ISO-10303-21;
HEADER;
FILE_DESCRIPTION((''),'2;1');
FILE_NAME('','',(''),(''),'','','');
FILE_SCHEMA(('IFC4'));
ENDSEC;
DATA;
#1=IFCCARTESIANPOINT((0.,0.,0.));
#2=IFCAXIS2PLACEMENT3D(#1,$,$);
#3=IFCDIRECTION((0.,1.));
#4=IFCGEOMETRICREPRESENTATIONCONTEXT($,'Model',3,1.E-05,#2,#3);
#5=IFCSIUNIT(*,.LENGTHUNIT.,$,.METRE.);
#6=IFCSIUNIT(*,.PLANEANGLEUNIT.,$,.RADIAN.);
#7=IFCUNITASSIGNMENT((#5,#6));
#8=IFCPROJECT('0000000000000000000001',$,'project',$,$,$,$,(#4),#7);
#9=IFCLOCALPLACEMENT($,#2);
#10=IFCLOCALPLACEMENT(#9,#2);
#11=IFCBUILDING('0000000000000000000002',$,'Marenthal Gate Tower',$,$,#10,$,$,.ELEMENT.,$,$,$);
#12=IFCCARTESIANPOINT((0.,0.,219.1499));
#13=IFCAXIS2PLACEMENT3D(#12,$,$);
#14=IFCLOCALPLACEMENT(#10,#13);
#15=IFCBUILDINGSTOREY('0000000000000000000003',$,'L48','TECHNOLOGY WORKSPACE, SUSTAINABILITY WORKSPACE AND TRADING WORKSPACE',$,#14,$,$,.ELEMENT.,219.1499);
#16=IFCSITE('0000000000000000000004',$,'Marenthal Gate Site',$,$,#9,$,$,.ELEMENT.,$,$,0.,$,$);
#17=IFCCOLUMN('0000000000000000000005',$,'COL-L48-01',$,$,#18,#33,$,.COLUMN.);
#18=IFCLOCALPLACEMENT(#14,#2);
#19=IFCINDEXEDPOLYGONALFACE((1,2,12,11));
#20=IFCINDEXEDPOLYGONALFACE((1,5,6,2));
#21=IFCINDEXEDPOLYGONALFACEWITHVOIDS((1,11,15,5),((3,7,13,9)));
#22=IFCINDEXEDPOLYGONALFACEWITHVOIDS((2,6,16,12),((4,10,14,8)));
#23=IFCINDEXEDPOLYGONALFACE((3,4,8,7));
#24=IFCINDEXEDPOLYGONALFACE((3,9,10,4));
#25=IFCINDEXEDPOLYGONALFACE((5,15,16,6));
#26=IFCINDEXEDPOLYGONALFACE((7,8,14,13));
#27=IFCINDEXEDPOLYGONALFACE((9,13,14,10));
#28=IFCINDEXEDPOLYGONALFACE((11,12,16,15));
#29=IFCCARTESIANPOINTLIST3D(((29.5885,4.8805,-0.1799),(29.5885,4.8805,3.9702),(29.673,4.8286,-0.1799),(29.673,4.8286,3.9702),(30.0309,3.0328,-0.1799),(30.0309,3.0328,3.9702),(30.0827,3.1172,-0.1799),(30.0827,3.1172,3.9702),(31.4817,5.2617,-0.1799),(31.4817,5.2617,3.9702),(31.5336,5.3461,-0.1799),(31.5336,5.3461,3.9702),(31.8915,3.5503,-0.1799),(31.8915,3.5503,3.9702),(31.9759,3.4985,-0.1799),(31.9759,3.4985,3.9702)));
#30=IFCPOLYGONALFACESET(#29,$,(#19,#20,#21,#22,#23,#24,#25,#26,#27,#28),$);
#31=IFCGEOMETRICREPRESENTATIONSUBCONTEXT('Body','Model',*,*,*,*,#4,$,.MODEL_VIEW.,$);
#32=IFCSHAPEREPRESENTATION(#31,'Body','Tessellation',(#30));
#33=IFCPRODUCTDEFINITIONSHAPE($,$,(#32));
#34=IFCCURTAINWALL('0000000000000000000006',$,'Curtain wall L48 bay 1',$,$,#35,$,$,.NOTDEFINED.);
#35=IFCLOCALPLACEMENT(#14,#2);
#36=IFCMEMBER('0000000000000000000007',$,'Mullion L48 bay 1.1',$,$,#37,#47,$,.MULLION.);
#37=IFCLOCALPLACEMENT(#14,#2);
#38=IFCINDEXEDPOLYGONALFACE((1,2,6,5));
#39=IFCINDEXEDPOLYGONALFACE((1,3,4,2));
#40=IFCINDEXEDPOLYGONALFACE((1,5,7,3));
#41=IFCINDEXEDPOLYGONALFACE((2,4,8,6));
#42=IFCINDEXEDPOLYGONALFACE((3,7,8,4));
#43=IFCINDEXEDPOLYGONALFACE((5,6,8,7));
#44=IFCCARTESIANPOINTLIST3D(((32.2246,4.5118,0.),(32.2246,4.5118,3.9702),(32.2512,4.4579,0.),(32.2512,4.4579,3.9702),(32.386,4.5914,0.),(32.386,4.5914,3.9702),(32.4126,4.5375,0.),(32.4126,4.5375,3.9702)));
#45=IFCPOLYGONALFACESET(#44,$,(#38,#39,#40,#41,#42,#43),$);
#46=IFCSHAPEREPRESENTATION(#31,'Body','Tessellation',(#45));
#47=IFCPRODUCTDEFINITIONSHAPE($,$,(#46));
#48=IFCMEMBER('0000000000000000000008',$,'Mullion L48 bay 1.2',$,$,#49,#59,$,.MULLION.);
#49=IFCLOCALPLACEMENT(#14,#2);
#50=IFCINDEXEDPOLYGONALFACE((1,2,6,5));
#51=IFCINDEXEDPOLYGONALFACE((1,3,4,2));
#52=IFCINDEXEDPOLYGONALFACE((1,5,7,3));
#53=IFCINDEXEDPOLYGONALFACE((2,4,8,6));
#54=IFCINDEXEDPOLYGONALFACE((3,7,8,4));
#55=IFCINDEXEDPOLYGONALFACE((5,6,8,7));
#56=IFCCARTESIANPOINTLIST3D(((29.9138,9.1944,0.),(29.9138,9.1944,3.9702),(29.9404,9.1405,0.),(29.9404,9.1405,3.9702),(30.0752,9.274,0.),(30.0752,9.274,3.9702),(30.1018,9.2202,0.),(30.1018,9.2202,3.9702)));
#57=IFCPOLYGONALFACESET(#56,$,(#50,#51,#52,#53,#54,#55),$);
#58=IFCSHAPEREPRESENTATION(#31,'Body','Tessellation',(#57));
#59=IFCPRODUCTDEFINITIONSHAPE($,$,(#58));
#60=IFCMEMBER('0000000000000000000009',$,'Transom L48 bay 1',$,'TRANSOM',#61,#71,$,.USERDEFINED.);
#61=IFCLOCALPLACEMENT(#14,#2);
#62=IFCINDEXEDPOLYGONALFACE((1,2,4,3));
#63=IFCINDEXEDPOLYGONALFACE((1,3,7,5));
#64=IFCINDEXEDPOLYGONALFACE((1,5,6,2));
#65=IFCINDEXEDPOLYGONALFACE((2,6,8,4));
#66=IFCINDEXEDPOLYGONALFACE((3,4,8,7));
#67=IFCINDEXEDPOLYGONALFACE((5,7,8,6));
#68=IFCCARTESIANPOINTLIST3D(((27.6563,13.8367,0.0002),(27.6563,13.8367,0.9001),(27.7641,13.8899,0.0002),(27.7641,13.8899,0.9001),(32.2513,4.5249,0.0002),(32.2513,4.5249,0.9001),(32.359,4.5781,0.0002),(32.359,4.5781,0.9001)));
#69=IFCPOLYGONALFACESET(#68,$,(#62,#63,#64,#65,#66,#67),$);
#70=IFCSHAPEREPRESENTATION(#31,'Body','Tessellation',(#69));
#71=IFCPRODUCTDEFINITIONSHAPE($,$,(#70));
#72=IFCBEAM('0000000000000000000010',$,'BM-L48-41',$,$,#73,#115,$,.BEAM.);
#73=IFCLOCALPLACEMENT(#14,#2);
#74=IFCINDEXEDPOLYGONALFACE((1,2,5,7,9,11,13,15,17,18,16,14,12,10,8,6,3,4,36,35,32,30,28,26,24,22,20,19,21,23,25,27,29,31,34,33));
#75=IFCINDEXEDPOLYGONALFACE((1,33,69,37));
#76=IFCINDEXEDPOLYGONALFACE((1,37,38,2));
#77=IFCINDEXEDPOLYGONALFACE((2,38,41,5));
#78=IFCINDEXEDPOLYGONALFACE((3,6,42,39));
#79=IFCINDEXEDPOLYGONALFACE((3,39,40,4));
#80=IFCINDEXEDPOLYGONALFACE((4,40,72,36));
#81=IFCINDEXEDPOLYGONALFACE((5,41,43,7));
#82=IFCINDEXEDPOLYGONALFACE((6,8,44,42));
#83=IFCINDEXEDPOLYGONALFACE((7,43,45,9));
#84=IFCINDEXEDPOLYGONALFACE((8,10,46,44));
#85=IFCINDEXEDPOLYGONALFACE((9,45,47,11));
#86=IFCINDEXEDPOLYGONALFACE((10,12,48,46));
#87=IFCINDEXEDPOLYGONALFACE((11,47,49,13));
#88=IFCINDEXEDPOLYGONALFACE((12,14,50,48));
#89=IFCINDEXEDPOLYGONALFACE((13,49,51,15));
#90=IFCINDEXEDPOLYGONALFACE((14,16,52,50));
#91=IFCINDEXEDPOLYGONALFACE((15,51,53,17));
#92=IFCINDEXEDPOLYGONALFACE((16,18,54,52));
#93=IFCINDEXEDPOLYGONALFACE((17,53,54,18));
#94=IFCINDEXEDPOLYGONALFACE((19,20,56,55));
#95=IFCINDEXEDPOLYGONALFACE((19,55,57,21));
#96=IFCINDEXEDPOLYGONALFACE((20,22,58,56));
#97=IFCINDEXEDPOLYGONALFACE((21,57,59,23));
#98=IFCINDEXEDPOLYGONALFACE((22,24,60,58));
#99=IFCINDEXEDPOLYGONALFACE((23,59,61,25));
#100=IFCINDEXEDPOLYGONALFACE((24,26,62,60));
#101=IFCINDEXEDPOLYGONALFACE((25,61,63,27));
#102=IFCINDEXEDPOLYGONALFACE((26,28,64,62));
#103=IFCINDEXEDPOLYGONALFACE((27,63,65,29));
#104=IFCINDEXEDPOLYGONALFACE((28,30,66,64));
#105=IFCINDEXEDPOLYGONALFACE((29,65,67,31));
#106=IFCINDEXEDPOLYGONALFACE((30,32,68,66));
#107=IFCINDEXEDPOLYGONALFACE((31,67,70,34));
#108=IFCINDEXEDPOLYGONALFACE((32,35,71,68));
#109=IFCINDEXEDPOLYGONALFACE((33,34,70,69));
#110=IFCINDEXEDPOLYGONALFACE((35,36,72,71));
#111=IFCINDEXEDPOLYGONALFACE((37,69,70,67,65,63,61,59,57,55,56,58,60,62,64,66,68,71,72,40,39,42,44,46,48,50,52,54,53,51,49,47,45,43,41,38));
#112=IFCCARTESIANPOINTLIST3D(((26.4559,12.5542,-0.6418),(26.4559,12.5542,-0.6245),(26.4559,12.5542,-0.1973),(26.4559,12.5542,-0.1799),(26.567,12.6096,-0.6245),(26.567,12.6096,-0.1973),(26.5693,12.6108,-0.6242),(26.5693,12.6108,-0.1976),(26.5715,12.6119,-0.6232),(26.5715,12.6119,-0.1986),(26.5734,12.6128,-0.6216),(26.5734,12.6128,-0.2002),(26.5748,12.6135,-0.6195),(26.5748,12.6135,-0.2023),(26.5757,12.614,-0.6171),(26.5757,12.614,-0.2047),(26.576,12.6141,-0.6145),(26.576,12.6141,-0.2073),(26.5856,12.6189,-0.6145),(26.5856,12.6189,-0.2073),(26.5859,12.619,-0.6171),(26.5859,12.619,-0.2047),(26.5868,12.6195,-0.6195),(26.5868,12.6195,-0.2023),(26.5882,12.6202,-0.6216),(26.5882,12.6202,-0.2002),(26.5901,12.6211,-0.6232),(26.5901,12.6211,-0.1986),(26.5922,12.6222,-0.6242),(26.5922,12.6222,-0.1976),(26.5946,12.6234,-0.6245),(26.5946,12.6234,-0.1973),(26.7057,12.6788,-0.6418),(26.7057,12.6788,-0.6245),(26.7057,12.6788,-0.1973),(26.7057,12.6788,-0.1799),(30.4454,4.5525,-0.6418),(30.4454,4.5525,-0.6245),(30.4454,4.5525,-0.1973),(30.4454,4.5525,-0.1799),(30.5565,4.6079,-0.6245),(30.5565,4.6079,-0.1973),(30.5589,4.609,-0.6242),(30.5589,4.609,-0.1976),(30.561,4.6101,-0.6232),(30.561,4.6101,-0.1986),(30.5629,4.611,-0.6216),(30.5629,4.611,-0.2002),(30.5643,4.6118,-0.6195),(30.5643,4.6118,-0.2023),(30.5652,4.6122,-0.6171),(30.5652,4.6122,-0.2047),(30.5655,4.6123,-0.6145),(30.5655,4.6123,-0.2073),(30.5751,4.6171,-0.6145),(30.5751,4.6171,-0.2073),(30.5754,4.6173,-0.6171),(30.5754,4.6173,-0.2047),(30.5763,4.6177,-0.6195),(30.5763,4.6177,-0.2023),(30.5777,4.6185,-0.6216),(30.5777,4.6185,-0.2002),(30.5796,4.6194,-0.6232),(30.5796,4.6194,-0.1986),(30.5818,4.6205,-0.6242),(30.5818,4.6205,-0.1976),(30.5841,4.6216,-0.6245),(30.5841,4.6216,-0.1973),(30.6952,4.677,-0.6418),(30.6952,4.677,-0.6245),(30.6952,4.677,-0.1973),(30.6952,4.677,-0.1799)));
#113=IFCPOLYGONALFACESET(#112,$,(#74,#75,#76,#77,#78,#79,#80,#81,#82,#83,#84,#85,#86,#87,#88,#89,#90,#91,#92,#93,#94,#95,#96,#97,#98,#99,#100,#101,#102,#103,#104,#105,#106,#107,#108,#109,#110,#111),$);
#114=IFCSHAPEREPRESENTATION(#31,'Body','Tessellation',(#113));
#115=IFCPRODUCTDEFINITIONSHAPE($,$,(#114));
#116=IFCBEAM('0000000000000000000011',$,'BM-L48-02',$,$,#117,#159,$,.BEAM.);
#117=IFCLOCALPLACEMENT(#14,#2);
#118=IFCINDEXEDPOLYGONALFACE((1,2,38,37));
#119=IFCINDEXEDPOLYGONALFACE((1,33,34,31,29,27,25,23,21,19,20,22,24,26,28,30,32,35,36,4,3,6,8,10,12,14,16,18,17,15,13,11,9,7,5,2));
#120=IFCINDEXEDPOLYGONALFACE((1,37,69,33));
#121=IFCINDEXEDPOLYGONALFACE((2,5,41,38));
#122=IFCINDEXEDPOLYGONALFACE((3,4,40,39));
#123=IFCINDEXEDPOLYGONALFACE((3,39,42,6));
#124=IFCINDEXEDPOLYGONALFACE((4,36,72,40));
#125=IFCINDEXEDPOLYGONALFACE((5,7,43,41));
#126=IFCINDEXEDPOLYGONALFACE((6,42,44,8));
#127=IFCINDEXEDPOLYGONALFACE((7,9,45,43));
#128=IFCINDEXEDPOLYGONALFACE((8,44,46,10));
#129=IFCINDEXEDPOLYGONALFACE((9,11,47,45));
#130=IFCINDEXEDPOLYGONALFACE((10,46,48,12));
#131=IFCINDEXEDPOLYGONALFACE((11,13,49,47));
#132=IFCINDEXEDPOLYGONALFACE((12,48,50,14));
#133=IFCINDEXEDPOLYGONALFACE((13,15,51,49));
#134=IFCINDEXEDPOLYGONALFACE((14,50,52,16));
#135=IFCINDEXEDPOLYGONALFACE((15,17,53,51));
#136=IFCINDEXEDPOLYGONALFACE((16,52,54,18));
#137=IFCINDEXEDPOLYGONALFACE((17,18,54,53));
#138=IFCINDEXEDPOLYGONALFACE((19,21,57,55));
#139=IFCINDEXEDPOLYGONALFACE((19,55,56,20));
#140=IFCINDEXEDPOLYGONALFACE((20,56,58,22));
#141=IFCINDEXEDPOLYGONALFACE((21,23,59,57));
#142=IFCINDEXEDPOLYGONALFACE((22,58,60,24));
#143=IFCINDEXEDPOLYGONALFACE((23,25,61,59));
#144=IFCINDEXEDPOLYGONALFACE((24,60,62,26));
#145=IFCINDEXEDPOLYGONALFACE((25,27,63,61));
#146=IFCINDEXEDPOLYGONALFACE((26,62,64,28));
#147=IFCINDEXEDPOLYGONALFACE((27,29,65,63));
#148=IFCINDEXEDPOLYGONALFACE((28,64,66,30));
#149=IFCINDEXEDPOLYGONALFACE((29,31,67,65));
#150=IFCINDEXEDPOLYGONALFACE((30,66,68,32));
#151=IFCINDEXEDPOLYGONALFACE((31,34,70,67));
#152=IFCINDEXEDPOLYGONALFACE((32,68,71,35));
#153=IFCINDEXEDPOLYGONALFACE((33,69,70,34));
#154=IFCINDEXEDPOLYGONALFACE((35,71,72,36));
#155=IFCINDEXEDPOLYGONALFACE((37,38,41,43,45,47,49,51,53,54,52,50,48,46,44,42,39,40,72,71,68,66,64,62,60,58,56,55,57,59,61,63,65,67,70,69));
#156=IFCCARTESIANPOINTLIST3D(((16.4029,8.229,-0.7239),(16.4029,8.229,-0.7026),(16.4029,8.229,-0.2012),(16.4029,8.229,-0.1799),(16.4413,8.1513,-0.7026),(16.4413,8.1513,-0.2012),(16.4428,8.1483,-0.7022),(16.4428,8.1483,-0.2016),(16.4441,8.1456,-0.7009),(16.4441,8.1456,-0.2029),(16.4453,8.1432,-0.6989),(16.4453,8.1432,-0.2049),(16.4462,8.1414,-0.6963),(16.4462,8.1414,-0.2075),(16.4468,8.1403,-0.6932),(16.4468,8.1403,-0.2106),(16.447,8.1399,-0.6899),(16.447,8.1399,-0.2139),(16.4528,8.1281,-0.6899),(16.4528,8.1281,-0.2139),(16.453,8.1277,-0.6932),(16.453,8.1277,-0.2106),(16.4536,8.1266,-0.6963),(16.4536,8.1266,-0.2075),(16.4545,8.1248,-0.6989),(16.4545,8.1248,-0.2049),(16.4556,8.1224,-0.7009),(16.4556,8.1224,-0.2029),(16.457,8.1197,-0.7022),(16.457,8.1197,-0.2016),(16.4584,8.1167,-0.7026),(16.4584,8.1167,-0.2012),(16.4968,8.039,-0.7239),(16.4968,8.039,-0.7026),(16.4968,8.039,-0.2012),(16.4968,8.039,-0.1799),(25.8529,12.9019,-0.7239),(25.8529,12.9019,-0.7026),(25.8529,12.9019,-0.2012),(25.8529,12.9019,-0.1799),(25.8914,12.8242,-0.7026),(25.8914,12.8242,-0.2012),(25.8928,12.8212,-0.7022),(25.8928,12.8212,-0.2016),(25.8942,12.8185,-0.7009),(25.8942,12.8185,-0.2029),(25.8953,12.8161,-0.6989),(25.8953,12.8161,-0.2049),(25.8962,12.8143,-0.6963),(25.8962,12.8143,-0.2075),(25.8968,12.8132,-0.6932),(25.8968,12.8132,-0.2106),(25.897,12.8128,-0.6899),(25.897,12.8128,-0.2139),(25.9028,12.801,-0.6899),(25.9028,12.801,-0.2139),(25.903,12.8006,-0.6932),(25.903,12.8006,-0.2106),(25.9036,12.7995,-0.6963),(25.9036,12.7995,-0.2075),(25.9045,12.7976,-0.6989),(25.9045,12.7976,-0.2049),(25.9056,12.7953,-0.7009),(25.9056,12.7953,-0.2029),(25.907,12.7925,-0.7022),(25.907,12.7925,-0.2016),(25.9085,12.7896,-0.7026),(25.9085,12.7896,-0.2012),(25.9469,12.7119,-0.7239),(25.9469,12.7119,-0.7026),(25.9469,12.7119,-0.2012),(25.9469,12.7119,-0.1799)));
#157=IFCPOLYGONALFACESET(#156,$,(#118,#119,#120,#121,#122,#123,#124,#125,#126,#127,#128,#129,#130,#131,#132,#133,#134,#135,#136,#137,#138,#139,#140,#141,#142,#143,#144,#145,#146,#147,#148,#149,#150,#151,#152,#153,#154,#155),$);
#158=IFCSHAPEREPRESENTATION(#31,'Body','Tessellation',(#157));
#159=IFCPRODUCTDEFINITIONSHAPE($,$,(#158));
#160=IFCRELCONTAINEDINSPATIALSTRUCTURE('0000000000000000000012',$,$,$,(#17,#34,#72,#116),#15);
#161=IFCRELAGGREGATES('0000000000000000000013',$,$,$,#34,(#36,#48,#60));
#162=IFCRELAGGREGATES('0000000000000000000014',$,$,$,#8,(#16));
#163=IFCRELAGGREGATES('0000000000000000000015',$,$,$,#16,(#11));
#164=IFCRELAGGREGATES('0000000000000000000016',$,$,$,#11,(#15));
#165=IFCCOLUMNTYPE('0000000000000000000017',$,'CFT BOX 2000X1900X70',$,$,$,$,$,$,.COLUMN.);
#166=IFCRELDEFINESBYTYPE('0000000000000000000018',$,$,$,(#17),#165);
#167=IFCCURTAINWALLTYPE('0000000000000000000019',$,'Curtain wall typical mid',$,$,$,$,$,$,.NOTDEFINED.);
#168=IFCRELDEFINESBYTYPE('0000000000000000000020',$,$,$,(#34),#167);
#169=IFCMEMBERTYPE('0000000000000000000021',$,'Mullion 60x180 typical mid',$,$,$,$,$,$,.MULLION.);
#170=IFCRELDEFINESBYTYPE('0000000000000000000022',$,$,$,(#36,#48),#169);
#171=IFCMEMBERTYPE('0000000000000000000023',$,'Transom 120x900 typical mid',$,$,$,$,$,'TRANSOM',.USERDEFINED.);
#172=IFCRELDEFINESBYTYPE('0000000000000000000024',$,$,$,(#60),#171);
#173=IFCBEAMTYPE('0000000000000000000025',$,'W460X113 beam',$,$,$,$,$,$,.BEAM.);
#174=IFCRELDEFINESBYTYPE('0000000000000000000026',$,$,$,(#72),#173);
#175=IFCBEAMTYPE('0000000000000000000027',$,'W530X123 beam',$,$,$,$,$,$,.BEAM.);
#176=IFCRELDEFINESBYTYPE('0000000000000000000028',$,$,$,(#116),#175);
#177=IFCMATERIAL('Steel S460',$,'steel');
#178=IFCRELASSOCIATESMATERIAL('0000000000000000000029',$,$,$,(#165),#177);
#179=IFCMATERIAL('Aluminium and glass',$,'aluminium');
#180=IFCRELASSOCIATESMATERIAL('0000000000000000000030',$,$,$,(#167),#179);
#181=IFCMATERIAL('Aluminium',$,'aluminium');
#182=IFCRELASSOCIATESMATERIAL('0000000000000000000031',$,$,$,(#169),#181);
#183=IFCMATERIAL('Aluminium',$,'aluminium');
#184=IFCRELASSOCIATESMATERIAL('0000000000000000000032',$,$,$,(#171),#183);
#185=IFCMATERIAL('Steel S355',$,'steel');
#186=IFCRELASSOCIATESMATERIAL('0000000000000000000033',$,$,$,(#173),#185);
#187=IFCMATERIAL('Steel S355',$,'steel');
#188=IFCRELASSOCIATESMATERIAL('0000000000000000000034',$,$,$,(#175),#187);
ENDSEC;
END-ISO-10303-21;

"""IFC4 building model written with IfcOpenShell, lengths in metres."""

from ifc_helpers import new_model, si_unit, direction, frame, origin, origin_2d, place, context, subcontext, project, spatial, rectangle, hollow_rectangle, i_section, extrude, material, material_profile, profile_set, type_object, element, aggregate, save


model = new_model("IFC4")

# Units and contexts
model_context = context("Model", 3, precision=1e-05, world=origin(), true_north=direction((0.0, 1.0)))
body_context = subcontext(model_context, "Body", "Model", "MODEL_VIEW")
ifc_project = project(units=[si_unit("LENGTHUNIT", "METRE"), si_unit("PLANEANGLEUNIT", "RADIAN")], contexts=[model_context])

# Site, building, storey
site_placement = place(None, origin())
site = spatial("IfcSite", under=ifc_project, at=site_placement, Name="Marenthal Gate Site", CompositionType="ELEMENT", RefElevation=0.0)
building_placement = place(site_placement, origin())
building = spatial("IfcBuilding", under=site, at=building_placement, Name="Marenthal Gate Tower", CompositionType="ELEMENT")
storey_placement = place(building_placement, frame((0.0, 0.0, 219.1499)))
storey = spatial("IfcBuildingStorey", under=building, at=storey_placement, Name="L48", Description="TECHNOLOGY WORKSPACE, SUSTAINABILITY WORKSPACE AND TRADING WORKSPACE", CompositionType="ELEMENT", Elevation=219.1499)

# Column
ifc_material_1 = material(Name="Steel S460", Category="steel")
ifc_material_profile_1 = material_profile(ifc_material_1, hollow_rectangle(XDim=1.8999, YDim=2.0, WallThickness=0.0701, at=origin_2d()), Name="CFT BOX 2000X1900X70")
ifc_material_2 = material(Name="Concrete 70 MPa", Category="concrete")
ifc_material_profile_2 = material_profile(ifc_material_2, rectangle(XDim=1.76, YDim=1.8601, at=origin_2d()), Name="CFT BOX 2000X1900X70 INFILL")
ifc_profile_set_1 = profile_set([ifc_material_profile_1, ifc_material_profile_2], Name="Steel S460 shell, Concrete 70 MPa infill")
column_type = type_object("IfcColumnType", Name="CFT BOX 2000X1900X70", PredefinedType="COLUMN", material=ifc_profile_set_1)
column_placement = place(storey_placement, frame((30.7822, 4.1895, -0.1799), z_axis=(0.0, 0.0, 1.0), x_axis=(0.232843, -0.972514, 0.0)))
element("IfcColumn", 1, at=column_placement, inside=storey, type_object=column_type, Name="COL-L48-01", PredefinedType="COLUMN", context=body_context, shape_type="SweptSolid", body=[
    extrude(hollow_rectangle(XDim=1.8999, YDim=2.0, WallThickness=0.0701, at=origin_2d()), origin(), (0.0, 0.0, 1.0), 4.1501),
])

# Curtain wall, members
ifc_material_3 = material(Name="Aluminium and glass", Category="aluminium")
curtain_wall_type = type_object("IfcCurtainWallType", Name="Curtain wall typical mid", PredefinedType="NOTDEFINED", material=ifc_material_3)
curtain_wall_placement = place(storey_placement, origin())
curtain_wall = element("IfcCurtainWall", 2, at=curtain_wall_placement, inside=storey, type_object=curtain_wall_type, Name="Curtain wall L48 bay 1", PredefinedType="NOTDEFINED")
ifc_material_4 = material(Name="Aluminium", Category="aluminium")
ifc_material_profile_3 = material_profile(ifc_material_4, rectangle(XDim=0.1799, YDim=0.0601, at=origin_2d()), Name="60x180 aluminium mullion")
ifc_profile_set_2 = profile_set([ifc_material_profile_3], Name="Aluminium")
member_type_1 = type_object("IfcMemberType", Name="Mullion 60x180 typical mid", PredefinedType="MULLION", material=ifc_profile_set_2)
member_1_placement = place(storey_placement, frame((32.3186, 4.5247, 0.0), z_axis=(0.0, 0.0, 1.0), x_axis=(-0.896757, -0.442523, 0.0)))
member_1 = element("IfcMember", 3, at=member_1_placement, type_object=member_type_1, Name="Mullion L48 bay 1.1", PredefinedType="MULLION", context=body_context, shape_type="SweptSolid", body=[
    extrude(rectangle(XDim=0.1799, YDim=0.0601, at=origin_2d()), origin(), (0.0, 0.0, 1.0), 3.9702),
])
member_2_placement = place(storey_placement, frame((30.0078, 9.2073, 0.0), z_axis=(0.0, 0.0, 1.0), x_axis=(-0.896757, -0.442523, 0.0)))
member_2 = element("IfcMember", 4, at=member_2_placement, type_object=member_type_1, Name="Mullion L48 bay 1.2", PredefinedType="MULLION", context=body_context, shape_type="SweptSolid", body=[
    extrude(rectangle(XDim=0.1799, YDim=0.0601, at=origin_2d()), origin(), (0.0, 0.0, 1.0), 3.9702),
])
ifc_material_5 = material(Name="Aluminium", Category="aluminium")
ifc_material_profile_4 = material_profile(ifc_material_5, rectangle(XDim=0.1201, YDim=0.8999, at=origin_2d()), Name="120x900 aluminium transom")
ifc_profile_set_3 = profile_set([ifc_material_profile_4], Name="Aluminium")
member_type_2 = type_object("IfcMemberType", Name="Transom 120x900 typical mid", ElementType="TRANSOM", PredefinedType="USERDEFINED", material=ifc_profile_set_3)
member_3_placement = place(storey_placement, frame((32.3052, 4.5515, 0.4502), z_axis=(-0.442514, 0.896761, 0.0), x_axis=(-0.896761, -0.442514, 0.0)))
member_3 = element("IfcMember", 5, at=member_3_placement, type_object=member_type_2, Name="Transom L48 bay 1", ObjectType="TRANSOM", PredefinedType="USERDEFINED", context=body_context, shape_type="SweptSolid", body=[
    extrude(rectangle(XDim=0.1201, YDim=0.8999, at=origin_2d()), origin(), (0.0, 0.0, 1.0), 10.3838),
])

# Beams
ifc_material_6 = material(Name="Steel S355", Category="steel")
ifc_material_profile_5 = material_profile(ifc_material_6, i_section(OverallWidth=0.2791, OverallDepth=0.4619, WebThickness=0.0107, FlangeThickness=0.0173, FilletRadius=0.01, at=origin_2d()), Name="W460X113")
ifc_profile_set_4 = profile_set([ifc_material_profile_5], Name="Steel S355")
beam_type_1 = type_object("IfcBeamType", Name="W460X113 beam", PredefinedType="BEAM", material=ifc_profile_set_4)
beam_1_placement = place(storey_placement, frame((30.5703, 4.6147, -0.4109), z_axis=(-0.446198, 0.894934, 0.0), x_axis=(-0.894934, -0.446198, 0.0)))
element("IfcBeam", 6, at=beam_1_placement, inside=storey, type_object=beam_type_1, Name="BM-L48-41", PredefinedType="BEAM", context=body_context, shape_type="SweptSolid", body=[
    extrude(i_section(OverallWidth=0.2791, OverallDepth=0.4619, WebThickness=0.0107, FlangeThickness=0.0173, FilletRadius=0.01, at=origin_2d()), origin(), (0.0, 0.0, 1.0), 8.9412),
])
ifc_material_7 = material(Name="Steel S355", Category="steel")
ifc_material_profile_6 = material_profile(ifc_material_7, i_section(OverallWidth=0.2119, OverallDepth=0.5439, WebThickness=0.0132, FlangeThickness=0.0212, FilletRadius=0.0127, at=origin_2d()), Name="W530X123")
ifc_profile_set_5 = profile_set([ifc_material_profile_6], Name="Steel S355")
beam_type_2 = type_object("IfcBeamType", Name="W530X123 beam", PredefinedType="BEAM", material=ifc_profile_set_5)
beam_2_placement = place(storey_placement, frame((25.8999, 12.8069, -0.4519), z_axis=(-0.896396, -0.443254, 0.0), x_axis=(0.443254, -0.896396, 0.0)))
element("IfcBeam", 7, at=beam_2_placement, inside=storey, type_object=beam_type_2, Name="BM-L48-02", PredefinedType="BEAM", context=body_context, shape_type="SweptSolid", body=[
    extrude(i_section(OverallWidth=0.2119, OverallDepth=0.5439, WebThickness=0.0132, FlangeThickness=0.0212, FilletRadius=0.0127, at=origin_2d()), origin(), (0.0, 0.0, 1.0), 10.5422),
])

aggregate(curtain_wall, [member_1, member_2, member_3])

save(model, "model.ifc")
